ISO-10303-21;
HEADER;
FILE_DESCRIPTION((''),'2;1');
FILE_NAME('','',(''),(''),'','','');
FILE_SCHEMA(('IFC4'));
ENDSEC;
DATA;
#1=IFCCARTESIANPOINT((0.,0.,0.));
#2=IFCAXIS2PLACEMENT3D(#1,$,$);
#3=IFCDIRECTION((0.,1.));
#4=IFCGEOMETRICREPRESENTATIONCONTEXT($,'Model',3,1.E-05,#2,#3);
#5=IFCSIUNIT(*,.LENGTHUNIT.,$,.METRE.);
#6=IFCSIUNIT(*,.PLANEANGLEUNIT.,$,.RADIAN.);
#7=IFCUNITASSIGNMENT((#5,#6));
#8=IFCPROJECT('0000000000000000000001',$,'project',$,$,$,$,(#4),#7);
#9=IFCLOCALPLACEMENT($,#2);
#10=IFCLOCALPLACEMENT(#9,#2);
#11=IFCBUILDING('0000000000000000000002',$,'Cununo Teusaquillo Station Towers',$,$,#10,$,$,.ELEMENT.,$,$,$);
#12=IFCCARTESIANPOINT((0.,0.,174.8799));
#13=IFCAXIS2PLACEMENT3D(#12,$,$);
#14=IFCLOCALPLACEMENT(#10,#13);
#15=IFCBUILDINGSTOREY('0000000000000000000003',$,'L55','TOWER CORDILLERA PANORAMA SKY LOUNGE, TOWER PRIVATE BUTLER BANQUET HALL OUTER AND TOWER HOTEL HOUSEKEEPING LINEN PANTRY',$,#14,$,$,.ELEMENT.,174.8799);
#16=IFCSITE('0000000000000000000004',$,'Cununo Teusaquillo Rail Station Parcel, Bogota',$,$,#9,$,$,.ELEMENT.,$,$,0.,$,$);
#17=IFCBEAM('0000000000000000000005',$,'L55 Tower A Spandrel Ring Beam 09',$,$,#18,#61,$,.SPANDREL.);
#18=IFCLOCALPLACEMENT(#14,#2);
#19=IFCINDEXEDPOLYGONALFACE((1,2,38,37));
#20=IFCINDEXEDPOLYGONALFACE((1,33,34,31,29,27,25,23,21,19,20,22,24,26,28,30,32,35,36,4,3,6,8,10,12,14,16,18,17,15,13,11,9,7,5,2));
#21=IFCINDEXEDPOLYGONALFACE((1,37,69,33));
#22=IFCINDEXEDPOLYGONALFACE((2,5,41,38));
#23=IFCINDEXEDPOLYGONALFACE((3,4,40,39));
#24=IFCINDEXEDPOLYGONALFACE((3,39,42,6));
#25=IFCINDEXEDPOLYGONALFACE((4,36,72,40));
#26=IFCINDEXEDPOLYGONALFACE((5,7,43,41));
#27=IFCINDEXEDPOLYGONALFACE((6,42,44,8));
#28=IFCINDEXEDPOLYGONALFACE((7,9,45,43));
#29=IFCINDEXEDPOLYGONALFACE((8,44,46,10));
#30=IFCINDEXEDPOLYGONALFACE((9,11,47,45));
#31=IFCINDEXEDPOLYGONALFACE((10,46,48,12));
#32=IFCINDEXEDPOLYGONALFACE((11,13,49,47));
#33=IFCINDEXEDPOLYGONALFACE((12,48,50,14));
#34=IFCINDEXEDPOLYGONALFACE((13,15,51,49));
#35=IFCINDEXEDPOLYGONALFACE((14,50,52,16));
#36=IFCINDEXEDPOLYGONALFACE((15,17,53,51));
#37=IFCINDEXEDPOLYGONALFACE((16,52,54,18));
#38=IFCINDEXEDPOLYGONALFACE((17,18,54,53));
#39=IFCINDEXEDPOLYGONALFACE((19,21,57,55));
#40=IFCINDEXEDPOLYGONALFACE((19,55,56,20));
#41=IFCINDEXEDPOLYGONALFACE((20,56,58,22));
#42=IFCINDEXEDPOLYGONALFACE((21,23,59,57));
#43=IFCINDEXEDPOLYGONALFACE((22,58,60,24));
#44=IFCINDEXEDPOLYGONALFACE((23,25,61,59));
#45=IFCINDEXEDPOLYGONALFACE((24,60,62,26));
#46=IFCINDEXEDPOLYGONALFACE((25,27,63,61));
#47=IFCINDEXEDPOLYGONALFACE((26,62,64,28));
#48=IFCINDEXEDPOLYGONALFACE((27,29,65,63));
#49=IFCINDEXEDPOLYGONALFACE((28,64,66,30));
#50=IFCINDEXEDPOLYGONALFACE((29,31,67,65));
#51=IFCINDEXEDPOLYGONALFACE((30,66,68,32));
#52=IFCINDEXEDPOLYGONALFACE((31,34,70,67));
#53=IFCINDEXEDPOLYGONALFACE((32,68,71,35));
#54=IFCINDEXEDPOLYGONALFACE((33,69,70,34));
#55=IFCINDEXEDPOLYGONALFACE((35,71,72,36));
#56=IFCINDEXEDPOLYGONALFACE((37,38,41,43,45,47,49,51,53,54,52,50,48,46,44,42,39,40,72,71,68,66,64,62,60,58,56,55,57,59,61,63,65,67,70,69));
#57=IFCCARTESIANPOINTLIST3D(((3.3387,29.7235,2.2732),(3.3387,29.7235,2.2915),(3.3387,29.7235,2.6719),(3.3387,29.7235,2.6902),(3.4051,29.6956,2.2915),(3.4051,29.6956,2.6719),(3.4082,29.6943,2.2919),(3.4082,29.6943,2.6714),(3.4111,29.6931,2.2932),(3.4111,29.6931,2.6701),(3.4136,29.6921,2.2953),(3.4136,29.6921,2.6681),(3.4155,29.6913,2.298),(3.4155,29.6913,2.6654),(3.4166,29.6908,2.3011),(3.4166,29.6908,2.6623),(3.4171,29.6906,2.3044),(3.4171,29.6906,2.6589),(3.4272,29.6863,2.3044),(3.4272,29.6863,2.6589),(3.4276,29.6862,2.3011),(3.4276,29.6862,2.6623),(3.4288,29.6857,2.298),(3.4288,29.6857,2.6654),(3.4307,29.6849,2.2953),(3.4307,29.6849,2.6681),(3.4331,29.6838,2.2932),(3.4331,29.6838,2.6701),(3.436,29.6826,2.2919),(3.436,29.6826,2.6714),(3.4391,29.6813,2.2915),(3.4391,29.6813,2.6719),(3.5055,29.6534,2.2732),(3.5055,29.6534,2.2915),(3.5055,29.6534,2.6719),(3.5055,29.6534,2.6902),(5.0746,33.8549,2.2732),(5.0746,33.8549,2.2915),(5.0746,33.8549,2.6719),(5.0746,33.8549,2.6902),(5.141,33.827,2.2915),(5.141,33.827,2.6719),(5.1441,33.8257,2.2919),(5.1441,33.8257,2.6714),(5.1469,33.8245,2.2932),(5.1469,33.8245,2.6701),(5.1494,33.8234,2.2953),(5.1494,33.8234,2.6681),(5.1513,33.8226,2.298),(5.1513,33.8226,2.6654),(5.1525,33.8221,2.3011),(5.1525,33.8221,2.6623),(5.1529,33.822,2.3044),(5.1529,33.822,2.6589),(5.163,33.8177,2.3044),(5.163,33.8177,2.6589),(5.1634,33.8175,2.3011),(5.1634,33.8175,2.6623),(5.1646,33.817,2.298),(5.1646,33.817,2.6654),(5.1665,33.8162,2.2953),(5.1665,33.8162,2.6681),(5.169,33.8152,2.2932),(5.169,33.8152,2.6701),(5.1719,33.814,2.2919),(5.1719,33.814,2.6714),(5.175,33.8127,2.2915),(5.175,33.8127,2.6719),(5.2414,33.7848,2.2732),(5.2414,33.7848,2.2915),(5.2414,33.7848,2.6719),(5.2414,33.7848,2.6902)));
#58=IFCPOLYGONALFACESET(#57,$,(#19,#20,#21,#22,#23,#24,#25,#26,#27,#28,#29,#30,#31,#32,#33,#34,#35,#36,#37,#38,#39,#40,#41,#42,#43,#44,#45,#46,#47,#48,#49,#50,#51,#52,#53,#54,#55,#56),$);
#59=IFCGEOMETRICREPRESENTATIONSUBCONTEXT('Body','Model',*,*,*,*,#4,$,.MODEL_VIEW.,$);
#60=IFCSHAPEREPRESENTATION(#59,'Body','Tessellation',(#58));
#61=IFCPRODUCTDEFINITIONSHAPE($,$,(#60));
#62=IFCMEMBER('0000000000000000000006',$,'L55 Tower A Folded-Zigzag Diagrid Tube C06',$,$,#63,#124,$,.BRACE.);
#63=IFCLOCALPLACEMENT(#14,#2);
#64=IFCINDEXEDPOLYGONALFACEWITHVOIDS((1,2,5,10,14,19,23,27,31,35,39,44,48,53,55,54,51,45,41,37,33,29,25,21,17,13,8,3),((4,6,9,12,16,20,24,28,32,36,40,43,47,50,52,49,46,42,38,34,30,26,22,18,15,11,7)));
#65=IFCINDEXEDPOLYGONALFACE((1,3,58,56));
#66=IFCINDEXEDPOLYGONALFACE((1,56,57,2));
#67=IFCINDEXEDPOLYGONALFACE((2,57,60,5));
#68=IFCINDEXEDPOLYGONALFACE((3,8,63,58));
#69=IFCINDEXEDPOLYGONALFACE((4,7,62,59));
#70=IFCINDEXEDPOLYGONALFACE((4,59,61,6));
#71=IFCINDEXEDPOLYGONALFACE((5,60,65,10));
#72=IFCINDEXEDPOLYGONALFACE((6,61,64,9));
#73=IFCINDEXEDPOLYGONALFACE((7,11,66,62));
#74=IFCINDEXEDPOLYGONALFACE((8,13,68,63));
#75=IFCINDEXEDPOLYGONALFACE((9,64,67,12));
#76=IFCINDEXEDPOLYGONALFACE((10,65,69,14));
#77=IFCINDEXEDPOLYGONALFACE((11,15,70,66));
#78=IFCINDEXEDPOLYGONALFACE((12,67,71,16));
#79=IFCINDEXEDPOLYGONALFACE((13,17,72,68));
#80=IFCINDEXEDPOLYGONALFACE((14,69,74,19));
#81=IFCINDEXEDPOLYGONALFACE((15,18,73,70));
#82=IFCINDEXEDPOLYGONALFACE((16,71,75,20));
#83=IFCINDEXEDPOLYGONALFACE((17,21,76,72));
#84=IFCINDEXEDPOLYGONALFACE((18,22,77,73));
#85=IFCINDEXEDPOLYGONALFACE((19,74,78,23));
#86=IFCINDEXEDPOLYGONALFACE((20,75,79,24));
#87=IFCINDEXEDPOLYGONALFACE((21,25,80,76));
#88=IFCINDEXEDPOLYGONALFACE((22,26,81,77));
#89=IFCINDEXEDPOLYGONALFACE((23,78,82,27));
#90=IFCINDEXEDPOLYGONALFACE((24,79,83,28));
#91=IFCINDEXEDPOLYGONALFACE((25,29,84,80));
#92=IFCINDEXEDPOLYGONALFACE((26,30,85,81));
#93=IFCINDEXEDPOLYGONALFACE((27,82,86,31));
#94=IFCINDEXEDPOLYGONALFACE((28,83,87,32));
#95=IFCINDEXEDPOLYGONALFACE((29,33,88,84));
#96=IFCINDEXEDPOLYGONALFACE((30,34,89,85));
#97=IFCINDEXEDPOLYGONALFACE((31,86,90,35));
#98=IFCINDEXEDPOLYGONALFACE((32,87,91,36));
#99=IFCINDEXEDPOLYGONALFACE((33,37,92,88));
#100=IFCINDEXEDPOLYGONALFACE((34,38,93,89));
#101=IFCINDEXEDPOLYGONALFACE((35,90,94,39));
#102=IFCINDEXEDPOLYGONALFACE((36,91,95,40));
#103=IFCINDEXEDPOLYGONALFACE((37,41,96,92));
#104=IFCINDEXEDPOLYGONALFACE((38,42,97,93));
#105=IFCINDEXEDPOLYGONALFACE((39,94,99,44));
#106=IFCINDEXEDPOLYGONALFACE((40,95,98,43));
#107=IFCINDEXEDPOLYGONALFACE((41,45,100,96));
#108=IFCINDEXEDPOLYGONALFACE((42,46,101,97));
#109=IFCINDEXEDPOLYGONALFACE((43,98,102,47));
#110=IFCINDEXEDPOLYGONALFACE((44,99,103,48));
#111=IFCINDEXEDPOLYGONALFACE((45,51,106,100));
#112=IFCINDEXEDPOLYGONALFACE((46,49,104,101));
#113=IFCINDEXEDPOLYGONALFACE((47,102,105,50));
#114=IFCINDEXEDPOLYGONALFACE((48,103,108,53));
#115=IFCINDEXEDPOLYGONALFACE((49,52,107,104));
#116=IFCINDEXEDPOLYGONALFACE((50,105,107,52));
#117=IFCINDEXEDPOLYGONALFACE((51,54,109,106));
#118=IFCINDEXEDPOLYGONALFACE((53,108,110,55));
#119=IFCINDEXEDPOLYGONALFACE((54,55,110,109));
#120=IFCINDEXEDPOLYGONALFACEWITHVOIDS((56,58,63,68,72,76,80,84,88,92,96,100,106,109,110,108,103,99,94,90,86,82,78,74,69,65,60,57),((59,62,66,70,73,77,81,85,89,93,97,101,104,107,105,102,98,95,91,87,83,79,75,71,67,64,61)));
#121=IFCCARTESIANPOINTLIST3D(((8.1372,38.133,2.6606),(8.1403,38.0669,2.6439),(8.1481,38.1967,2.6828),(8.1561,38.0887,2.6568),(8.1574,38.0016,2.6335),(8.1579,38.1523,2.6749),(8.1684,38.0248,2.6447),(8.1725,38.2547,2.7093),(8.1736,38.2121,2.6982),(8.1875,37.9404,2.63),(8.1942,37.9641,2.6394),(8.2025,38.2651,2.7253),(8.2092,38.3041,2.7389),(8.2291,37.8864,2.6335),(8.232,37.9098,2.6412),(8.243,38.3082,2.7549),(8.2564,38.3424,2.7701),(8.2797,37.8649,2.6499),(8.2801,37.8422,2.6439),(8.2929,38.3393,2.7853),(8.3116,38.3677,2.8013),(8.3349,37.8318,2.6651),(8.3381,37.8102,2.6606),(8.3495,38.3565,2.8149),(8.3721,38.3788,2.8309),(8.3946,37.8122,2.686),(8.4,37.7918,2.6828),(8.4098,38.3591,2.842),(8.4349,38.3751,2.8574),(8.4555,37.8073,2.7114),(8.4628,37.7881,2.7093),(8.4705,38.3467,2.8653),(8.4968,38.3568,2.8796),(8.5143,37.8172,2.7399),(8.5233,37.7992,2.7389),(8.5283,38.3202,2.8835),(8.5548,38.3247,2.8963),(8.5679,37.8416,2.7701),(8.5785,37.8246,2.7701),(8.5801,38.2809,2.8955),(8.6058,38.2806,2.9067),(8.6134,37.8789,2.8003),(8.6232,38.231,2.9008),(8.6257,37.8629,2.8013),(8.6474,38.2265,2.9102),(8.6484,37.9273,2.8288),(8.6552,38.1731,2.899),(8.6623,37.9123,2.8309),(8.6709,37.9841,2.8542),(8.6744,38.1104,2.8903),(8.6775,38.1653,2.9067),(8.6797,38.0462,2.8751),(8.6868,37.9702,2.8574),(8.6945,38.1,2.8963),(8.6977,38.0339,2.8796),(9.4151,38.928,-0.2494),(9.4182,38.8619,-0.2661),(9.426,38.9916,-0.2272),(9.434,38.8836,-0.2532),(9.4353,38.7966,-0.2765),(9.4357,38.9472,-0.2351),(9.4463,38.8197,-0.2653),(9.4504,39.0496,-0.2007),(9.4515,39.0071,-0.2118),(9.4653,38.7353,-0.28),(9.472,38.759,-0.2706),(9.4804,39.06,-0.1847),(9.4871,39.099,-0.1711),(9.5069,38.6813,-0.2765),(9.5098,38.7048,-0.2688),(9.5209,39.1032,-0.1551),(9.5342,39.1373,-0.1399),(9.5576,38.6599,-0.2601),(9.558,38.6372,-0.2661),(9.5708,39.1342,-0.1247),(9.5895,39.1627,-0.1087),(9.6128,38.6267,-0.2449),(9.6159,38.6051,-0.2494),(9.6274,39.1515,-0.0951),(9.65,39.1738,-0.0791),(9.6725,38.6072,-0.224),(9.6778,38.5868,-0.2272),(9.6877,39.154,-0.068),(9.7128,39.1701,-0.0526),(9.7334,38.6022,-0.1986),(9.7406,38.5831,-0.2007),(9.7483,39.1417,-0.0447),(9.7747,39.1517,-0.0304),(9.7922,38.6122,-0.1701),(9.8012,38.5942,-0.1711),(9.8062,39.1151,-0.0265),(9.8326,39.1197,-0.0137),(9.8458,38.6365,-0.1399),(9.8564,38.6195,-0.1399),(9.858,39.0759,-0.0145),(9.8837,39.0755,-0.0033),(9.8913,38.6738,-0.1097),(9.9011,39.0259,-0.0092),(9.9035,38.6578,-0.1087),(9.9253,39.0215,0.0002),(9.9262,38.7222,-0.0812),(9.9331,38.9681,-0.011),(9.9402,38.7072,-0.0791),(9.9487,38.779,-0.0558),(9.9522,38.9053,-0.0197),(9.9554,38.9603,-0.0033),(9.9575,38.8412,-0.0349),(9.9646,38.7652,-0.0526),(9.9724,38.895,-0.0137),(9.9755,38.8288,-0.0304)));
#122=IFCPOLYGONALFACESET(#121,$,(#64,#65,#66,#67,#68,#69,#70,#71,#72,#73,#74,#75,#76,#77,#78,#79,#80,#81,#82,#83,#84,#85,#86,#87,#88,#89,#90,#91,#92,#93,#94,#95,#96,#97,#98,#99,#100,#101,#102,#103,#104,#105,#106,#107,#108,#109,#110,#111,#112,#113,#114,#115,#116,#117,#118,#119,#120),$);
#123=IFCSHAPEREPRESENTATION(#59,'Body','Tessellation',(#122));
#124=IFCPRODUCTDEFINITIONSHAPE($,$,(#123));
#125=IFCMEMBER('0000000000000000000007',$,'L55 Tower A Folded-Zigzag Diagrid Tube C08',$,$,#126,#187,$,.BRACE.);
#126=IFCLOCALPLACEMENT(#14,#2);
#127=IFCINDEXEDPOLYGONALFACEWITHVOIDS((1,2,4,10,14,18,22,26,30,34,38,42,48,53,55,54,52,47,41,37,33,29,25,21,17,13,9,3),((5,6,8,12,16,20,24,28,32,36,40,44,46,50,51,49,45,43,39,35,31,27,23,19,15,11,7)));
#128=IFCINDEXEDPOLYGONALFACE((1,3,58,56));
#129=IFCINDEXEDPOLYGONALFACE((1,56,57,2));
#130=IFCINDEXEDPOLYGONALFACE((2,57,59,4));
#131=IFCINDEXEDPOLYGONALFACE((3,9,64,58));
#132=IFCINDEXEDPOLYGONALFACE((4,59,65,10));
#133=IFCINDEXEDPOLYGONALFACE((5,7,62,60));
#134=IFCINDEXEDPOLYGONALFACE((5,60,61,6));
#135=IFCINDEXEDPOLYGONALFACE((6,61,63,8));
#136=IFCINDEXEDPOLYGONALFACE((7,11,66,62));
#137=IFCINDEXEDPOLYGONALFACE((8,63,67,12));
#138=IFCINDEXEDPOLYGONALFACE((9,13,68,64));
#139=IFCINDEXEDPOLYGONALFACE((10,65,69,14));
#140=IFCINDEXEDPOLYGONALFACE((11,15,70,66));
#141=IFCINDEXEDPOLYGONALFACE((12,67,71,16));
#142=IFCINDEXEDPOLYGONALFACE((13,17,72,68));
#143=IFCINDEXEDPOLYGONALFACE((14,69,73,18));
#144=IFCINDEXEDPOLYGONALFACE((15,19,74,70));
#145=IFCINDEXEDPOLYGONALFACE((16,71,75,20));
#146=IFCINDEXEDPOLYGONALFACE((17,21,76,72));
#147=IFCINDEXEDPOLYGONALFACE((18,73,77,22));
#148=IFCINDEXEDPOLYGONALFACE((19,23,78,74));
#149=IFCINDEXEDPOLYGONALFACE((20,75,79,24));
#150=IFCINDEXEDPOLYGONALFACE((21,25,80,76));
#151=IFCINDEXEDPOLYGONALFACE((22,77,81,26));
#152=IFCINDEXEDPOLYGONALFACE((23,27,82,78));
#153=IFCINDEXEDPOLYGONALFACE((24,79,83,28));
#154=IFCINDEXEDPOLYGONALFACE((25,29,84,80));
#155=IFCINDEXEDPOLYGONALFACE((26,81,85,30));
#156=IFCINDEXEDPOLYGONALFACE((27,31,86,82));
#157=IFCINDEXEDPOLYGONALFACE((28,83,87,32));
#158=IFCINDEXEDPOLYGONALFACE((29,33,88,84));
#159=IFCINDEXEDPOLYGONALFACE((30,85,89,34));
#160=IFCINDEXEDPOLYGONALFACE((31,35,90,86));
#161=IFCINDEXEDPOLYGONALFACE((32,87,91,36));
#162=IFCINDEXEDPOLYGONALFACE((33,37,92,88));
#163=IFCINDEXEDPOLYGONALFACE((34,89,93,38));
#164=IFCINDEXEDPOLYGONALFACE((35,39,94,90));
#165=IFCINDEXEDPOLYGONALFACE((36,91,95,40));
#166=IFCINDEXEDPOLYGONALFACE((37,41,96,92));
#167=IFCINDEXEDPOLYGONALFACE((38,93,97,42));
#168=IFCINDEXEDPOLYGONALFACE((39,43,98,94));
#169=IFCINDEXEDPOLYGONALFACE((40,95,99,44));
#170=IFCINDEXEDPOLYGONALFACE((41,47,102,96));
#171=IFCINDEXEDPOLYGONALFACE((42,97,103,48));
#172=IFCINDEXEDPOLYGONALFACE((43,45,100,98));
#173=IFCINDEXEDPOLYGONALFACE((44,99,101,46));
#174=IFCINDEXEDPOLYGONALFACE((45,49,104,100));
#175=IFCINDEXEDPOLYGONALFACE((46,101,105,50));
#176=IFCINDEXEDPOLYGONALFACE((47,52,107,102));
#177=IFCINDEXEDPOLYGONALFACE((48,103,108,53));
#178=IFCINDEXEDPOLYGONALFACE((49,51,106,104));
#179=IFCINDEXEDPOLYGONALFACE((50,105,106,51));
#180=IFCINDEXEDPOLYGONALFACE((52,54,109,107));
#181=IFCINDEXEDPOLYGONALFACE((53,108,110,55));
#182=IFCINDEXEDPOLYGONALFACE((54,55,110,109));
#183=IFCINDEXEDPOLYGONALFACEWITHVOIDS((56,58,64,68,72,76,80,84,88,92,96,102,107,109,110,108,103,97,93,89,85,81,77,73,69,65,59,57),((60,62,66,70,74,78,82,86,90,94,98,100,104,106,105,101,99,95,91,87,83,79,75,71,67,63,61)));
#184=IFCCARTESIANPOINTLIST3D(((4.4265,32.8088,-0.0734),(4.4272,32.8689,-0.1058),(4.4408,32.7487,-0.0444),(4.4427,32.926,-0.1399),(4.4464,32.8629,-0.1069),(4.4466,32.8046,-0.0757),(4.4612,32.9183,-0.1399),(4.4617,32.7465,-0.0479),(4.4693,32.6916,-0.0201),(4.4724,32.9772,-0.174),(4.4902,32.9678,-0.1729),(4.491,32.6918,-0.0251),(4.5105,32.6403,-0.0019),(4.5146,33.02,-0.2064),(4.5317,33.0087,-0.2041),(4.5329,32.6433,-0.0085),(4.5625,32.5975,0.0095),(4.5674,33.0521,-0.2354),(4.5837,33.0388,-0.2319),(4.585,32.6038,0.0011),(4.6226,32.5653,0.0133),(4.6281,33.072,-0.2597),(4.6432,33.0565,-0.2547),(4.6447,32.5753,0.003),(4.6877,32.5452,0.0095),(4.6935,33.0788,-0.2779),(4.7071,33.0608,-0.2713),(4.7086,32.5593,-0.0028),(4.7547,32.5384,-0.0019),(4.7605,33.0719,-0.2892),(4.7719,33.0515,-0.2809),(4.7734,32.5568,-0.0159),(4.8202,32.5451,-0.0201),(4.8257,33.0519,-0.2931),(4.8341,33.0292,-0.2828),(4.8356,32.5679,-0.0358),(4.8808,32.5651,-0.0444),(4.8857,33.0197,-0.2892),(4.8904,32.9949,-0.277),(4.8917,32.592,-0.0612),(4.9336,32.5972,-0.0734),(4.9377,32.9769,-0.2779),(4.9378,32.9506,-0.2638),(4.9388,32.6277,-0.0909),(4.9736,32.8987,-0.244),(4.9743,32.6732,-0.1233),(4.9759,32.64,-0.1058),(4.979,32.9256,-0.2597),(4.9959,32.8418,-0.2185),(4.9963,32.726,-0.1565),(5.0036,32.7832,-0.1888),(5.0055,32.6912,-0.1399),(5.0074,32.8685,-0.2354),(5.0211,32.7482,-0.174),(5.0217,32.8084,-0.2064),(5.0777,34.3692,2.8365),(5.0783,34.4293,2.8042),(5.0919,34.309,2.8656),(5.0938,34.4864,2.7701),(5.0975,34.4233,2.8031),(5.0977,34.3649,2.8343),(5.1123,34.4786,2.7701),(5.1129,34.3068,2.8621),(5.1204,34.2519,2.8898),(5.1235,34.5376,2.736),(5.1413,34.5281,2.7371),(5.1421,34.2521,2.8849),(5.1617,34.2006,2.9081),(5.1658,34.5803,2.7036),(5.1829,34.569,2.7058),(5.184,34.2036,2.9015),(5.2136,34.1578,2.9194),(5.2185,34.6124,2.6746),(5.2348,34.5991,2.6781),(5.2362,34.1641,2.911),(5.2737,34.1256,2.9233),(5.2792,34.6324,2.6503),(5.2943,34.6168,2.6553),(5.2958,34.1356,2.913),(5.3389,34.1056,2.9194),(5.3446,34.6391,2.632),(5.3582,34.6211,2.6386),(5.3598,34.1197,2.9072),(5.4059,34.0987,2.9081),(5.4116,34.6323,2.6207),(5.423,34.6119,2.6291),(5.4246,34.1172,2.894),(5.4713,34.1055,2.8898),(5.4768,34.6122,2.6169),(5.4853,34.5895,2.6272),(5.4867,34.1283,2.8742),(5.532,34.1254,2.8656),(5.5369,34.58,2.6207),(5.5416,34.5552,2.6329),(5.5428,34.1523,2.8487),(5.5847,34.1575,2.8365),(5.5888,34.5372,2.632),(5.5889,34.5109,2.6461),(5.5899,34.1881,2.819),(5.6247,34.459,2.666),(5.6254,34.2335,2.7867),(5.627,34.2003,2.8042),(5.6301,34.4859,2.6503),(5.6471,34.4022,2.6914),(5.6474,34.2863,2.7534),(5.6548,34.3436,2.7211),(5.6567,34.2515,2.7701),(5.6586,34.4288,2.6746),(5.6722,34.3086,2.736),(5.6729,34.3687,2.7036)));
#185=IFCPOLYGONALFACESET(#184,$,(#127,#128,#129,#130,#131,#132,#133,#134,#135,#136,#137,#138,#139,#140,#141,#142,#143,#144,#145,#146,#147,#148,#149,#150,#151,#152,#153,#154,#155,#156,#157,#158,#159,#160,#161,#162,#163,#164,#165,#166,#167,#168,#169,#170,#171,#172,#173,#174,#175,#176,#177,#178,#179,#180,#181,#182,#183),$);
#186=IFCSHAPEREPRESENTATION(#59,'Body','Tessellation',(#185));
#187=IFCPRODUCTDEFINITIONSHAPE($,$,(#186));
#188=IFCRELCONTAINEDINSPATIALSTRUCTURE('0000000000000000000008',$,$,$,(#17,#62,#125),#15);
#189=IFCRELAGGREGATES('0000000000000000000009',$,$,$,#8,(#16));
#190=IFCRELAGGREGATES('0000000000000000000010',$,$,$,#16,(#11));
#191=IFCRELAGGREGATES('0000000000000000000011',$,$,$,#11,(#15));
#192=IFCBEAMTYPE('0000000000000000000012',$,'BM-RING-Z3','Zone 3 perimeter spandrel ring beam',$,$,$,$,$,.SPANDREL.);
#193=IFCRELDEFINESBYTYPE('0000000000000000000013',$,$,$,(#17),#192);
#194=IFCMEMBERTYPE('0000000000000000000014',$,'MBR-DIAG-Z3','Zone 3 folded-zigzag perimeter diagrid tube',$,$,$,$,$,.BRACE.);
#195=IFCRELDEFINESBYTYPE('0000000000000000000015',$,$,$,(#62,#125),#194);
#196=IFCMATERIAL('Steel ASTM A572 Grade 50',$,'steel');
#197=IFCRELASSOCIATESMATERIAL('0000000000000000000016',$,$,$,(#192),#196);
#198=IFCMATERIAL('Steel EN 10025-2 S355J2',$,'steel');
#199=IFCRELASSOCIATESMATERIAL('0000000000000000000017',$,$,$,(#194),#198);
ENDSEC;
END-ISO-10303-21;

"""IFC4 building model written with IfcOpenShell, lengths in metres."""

from ifc_helpers import new_model, si_unit, direction, frame, origin, origin_2d, place, context, subcontext, project, spatial, hollow_circle, i_section, extrude, material, material_profile, profile_set, type_object, element, save


model = new_model("IFC4")

# Units and contexts
model_context = context("Model", 3, precision=1e-05, world=origin(), true_north=direction((0.0, 1.0)))
body_context = subcontext(model_context, "Body", "Model", "MODEL_VIEW")
ifc_project = project(units=[si_unit("LENGTHUNIT", "METRE"), si_unit("PLANEANGLEUNIT", "RADIAN")], contexts=[model_context])

# Site, building, storey
site_placement = place(None, origin())
site = spatial("IfcSite", under=ifc_project, at=site_placement, Name="Cununo Teusaquillo Rail Station Parcel, Bogota", CompositionType="ELEMENT", RefElevation=0.0)
building_placement = place(site_placement, origin())
building = spatial("IfcBuilding", under=site, at=building_placement, Name="Cununo Teusaquillo Station Towers", CompositionType="ELEMENT")
storey_placement = place(building_placement, frame((0.0, 0.0, 174.8799)))
storey = spatial("IfcBuildingStorey", under=building, at=storey_placement, Name="L55", Description="TOWER CORDILLERA PANORAMA SKY LOUNGE, TOWER PRIVATE BUTLER BANQUET HALL OUTER AND TOWER HOTEL HOUSEKEEPING LINEN PANTRY", CompositionType="ELEMENT", Elevation=174.8799)

# Beam
ifc_material_1 = material(Name="Steel ASTM A572 Grade 50", Category="steel")
ifc_material_profile_1 = material_profile(ifc_material_1, i_section(OverallWidth=0.1809, OverallDepth=0.417, WebThickness=0.011, FlangeThickness=0.0183, FilletRadius=0.0129, at=origin_2d()), Name="W16X57")
ifc_profile_set_1 = profile_set([ifc_material_profile_1], Name="Steel ASTM A572 Grade 50")
beam_type_1 = type_object("IfcBeamType", Name="BM-RING-Z3", Description="Zone 3 perimeter spandrel ring beam", PredefinedType="SPANDREL", material=ifc_profile_set_1)
beam_1_placement = place(storey_placement, frame((5.158, 33.8198, 2.4817), z_axis=(-0.38736, -0.921928, 0.0), x_axis=(0.921928, -0.38736, 0.0)))
element("IfcBeam", 1, at=beam_1_placement, inside=storey, type_object=beam_type_1, Name="L55 Tower A Spandrel Ring Beam 09", PredefinedType="SPANDREL", context=body_context, shape_type="SweptSolid", body=[
    extrude(i_section(OverallWidth=0.1809, OverallDepth=0.417, WebThickness=0.011, FlangeThickness=0.0183, FilletRadius=0.0129, at=origin_2d()), origin(), (0.0, 0.0, 1.0), 4.4812),
])

# Members
ifc_material_2 = material(Name="Steel EN 10025-2 S355J2", Category="steel")
ifc_material_profile_2 = material_profile(ifc_material_2, hollow_circle(Radius=0.3049, WallThickness=0.02, at=origin_2d()), Name="CHS 610x20")
ifc_profile_set_2 = profile_set([ifc_material_profile_2], Name="Steel EN 10025-2 S355J2")
member_type = type_object("IfcMemberType", Name="MBR-DIAG-Z3", Description="Zone 3 folded-zigzag perimeter diagrid tube", PredefinedType="BRACE", material=ifc_profile_set_2)
member_1_placement = place(storey_placement, frame((9.6953, 38.8784, -0.1399), z_axis=(-0.390056, -0.242648, 0.888245), x_axis=(0.528219, -0.849108, 0.0)))
element("IfcMember", 2, at=member_1_placement, inside=storey, type_object=member_type, Name="L55 Tower A Folded-Zigzag Diagrid Tube C06", PredefinedType="BRACE", context=body_context, shape_type="SweptSolid", body=[
    extrude(hollow_circle(Radius=0.3049, WallThickness=0.02, at=origin_2d()), origin(), (0.0, 0.0, 1.0), 3.2761),
])
member_2_placement = place(storey_placement, frame((4.7241, 32.8086, -0.1399), z_axis=(0.193474, 0.463627, 0.864649), x_axis=(-0.922867, 0.385118, 0.0)))
element("IfcMember", 3, at=member_2_placement, inside=storey, type_object=member_type, Name="L55 Tower A Folded-Zigzag Diagrid Tube C08", PredefinedType="BRACE", context=body_context, shape_type="SweptSolid", body=[
    extrude(hollow_circle(Radius=0.3049, WallThickness=0.02, at=origin_2d()), origin(), (0.0, 0.0, 1.0), 3.3655),
])

save(model, "model.ifc")
